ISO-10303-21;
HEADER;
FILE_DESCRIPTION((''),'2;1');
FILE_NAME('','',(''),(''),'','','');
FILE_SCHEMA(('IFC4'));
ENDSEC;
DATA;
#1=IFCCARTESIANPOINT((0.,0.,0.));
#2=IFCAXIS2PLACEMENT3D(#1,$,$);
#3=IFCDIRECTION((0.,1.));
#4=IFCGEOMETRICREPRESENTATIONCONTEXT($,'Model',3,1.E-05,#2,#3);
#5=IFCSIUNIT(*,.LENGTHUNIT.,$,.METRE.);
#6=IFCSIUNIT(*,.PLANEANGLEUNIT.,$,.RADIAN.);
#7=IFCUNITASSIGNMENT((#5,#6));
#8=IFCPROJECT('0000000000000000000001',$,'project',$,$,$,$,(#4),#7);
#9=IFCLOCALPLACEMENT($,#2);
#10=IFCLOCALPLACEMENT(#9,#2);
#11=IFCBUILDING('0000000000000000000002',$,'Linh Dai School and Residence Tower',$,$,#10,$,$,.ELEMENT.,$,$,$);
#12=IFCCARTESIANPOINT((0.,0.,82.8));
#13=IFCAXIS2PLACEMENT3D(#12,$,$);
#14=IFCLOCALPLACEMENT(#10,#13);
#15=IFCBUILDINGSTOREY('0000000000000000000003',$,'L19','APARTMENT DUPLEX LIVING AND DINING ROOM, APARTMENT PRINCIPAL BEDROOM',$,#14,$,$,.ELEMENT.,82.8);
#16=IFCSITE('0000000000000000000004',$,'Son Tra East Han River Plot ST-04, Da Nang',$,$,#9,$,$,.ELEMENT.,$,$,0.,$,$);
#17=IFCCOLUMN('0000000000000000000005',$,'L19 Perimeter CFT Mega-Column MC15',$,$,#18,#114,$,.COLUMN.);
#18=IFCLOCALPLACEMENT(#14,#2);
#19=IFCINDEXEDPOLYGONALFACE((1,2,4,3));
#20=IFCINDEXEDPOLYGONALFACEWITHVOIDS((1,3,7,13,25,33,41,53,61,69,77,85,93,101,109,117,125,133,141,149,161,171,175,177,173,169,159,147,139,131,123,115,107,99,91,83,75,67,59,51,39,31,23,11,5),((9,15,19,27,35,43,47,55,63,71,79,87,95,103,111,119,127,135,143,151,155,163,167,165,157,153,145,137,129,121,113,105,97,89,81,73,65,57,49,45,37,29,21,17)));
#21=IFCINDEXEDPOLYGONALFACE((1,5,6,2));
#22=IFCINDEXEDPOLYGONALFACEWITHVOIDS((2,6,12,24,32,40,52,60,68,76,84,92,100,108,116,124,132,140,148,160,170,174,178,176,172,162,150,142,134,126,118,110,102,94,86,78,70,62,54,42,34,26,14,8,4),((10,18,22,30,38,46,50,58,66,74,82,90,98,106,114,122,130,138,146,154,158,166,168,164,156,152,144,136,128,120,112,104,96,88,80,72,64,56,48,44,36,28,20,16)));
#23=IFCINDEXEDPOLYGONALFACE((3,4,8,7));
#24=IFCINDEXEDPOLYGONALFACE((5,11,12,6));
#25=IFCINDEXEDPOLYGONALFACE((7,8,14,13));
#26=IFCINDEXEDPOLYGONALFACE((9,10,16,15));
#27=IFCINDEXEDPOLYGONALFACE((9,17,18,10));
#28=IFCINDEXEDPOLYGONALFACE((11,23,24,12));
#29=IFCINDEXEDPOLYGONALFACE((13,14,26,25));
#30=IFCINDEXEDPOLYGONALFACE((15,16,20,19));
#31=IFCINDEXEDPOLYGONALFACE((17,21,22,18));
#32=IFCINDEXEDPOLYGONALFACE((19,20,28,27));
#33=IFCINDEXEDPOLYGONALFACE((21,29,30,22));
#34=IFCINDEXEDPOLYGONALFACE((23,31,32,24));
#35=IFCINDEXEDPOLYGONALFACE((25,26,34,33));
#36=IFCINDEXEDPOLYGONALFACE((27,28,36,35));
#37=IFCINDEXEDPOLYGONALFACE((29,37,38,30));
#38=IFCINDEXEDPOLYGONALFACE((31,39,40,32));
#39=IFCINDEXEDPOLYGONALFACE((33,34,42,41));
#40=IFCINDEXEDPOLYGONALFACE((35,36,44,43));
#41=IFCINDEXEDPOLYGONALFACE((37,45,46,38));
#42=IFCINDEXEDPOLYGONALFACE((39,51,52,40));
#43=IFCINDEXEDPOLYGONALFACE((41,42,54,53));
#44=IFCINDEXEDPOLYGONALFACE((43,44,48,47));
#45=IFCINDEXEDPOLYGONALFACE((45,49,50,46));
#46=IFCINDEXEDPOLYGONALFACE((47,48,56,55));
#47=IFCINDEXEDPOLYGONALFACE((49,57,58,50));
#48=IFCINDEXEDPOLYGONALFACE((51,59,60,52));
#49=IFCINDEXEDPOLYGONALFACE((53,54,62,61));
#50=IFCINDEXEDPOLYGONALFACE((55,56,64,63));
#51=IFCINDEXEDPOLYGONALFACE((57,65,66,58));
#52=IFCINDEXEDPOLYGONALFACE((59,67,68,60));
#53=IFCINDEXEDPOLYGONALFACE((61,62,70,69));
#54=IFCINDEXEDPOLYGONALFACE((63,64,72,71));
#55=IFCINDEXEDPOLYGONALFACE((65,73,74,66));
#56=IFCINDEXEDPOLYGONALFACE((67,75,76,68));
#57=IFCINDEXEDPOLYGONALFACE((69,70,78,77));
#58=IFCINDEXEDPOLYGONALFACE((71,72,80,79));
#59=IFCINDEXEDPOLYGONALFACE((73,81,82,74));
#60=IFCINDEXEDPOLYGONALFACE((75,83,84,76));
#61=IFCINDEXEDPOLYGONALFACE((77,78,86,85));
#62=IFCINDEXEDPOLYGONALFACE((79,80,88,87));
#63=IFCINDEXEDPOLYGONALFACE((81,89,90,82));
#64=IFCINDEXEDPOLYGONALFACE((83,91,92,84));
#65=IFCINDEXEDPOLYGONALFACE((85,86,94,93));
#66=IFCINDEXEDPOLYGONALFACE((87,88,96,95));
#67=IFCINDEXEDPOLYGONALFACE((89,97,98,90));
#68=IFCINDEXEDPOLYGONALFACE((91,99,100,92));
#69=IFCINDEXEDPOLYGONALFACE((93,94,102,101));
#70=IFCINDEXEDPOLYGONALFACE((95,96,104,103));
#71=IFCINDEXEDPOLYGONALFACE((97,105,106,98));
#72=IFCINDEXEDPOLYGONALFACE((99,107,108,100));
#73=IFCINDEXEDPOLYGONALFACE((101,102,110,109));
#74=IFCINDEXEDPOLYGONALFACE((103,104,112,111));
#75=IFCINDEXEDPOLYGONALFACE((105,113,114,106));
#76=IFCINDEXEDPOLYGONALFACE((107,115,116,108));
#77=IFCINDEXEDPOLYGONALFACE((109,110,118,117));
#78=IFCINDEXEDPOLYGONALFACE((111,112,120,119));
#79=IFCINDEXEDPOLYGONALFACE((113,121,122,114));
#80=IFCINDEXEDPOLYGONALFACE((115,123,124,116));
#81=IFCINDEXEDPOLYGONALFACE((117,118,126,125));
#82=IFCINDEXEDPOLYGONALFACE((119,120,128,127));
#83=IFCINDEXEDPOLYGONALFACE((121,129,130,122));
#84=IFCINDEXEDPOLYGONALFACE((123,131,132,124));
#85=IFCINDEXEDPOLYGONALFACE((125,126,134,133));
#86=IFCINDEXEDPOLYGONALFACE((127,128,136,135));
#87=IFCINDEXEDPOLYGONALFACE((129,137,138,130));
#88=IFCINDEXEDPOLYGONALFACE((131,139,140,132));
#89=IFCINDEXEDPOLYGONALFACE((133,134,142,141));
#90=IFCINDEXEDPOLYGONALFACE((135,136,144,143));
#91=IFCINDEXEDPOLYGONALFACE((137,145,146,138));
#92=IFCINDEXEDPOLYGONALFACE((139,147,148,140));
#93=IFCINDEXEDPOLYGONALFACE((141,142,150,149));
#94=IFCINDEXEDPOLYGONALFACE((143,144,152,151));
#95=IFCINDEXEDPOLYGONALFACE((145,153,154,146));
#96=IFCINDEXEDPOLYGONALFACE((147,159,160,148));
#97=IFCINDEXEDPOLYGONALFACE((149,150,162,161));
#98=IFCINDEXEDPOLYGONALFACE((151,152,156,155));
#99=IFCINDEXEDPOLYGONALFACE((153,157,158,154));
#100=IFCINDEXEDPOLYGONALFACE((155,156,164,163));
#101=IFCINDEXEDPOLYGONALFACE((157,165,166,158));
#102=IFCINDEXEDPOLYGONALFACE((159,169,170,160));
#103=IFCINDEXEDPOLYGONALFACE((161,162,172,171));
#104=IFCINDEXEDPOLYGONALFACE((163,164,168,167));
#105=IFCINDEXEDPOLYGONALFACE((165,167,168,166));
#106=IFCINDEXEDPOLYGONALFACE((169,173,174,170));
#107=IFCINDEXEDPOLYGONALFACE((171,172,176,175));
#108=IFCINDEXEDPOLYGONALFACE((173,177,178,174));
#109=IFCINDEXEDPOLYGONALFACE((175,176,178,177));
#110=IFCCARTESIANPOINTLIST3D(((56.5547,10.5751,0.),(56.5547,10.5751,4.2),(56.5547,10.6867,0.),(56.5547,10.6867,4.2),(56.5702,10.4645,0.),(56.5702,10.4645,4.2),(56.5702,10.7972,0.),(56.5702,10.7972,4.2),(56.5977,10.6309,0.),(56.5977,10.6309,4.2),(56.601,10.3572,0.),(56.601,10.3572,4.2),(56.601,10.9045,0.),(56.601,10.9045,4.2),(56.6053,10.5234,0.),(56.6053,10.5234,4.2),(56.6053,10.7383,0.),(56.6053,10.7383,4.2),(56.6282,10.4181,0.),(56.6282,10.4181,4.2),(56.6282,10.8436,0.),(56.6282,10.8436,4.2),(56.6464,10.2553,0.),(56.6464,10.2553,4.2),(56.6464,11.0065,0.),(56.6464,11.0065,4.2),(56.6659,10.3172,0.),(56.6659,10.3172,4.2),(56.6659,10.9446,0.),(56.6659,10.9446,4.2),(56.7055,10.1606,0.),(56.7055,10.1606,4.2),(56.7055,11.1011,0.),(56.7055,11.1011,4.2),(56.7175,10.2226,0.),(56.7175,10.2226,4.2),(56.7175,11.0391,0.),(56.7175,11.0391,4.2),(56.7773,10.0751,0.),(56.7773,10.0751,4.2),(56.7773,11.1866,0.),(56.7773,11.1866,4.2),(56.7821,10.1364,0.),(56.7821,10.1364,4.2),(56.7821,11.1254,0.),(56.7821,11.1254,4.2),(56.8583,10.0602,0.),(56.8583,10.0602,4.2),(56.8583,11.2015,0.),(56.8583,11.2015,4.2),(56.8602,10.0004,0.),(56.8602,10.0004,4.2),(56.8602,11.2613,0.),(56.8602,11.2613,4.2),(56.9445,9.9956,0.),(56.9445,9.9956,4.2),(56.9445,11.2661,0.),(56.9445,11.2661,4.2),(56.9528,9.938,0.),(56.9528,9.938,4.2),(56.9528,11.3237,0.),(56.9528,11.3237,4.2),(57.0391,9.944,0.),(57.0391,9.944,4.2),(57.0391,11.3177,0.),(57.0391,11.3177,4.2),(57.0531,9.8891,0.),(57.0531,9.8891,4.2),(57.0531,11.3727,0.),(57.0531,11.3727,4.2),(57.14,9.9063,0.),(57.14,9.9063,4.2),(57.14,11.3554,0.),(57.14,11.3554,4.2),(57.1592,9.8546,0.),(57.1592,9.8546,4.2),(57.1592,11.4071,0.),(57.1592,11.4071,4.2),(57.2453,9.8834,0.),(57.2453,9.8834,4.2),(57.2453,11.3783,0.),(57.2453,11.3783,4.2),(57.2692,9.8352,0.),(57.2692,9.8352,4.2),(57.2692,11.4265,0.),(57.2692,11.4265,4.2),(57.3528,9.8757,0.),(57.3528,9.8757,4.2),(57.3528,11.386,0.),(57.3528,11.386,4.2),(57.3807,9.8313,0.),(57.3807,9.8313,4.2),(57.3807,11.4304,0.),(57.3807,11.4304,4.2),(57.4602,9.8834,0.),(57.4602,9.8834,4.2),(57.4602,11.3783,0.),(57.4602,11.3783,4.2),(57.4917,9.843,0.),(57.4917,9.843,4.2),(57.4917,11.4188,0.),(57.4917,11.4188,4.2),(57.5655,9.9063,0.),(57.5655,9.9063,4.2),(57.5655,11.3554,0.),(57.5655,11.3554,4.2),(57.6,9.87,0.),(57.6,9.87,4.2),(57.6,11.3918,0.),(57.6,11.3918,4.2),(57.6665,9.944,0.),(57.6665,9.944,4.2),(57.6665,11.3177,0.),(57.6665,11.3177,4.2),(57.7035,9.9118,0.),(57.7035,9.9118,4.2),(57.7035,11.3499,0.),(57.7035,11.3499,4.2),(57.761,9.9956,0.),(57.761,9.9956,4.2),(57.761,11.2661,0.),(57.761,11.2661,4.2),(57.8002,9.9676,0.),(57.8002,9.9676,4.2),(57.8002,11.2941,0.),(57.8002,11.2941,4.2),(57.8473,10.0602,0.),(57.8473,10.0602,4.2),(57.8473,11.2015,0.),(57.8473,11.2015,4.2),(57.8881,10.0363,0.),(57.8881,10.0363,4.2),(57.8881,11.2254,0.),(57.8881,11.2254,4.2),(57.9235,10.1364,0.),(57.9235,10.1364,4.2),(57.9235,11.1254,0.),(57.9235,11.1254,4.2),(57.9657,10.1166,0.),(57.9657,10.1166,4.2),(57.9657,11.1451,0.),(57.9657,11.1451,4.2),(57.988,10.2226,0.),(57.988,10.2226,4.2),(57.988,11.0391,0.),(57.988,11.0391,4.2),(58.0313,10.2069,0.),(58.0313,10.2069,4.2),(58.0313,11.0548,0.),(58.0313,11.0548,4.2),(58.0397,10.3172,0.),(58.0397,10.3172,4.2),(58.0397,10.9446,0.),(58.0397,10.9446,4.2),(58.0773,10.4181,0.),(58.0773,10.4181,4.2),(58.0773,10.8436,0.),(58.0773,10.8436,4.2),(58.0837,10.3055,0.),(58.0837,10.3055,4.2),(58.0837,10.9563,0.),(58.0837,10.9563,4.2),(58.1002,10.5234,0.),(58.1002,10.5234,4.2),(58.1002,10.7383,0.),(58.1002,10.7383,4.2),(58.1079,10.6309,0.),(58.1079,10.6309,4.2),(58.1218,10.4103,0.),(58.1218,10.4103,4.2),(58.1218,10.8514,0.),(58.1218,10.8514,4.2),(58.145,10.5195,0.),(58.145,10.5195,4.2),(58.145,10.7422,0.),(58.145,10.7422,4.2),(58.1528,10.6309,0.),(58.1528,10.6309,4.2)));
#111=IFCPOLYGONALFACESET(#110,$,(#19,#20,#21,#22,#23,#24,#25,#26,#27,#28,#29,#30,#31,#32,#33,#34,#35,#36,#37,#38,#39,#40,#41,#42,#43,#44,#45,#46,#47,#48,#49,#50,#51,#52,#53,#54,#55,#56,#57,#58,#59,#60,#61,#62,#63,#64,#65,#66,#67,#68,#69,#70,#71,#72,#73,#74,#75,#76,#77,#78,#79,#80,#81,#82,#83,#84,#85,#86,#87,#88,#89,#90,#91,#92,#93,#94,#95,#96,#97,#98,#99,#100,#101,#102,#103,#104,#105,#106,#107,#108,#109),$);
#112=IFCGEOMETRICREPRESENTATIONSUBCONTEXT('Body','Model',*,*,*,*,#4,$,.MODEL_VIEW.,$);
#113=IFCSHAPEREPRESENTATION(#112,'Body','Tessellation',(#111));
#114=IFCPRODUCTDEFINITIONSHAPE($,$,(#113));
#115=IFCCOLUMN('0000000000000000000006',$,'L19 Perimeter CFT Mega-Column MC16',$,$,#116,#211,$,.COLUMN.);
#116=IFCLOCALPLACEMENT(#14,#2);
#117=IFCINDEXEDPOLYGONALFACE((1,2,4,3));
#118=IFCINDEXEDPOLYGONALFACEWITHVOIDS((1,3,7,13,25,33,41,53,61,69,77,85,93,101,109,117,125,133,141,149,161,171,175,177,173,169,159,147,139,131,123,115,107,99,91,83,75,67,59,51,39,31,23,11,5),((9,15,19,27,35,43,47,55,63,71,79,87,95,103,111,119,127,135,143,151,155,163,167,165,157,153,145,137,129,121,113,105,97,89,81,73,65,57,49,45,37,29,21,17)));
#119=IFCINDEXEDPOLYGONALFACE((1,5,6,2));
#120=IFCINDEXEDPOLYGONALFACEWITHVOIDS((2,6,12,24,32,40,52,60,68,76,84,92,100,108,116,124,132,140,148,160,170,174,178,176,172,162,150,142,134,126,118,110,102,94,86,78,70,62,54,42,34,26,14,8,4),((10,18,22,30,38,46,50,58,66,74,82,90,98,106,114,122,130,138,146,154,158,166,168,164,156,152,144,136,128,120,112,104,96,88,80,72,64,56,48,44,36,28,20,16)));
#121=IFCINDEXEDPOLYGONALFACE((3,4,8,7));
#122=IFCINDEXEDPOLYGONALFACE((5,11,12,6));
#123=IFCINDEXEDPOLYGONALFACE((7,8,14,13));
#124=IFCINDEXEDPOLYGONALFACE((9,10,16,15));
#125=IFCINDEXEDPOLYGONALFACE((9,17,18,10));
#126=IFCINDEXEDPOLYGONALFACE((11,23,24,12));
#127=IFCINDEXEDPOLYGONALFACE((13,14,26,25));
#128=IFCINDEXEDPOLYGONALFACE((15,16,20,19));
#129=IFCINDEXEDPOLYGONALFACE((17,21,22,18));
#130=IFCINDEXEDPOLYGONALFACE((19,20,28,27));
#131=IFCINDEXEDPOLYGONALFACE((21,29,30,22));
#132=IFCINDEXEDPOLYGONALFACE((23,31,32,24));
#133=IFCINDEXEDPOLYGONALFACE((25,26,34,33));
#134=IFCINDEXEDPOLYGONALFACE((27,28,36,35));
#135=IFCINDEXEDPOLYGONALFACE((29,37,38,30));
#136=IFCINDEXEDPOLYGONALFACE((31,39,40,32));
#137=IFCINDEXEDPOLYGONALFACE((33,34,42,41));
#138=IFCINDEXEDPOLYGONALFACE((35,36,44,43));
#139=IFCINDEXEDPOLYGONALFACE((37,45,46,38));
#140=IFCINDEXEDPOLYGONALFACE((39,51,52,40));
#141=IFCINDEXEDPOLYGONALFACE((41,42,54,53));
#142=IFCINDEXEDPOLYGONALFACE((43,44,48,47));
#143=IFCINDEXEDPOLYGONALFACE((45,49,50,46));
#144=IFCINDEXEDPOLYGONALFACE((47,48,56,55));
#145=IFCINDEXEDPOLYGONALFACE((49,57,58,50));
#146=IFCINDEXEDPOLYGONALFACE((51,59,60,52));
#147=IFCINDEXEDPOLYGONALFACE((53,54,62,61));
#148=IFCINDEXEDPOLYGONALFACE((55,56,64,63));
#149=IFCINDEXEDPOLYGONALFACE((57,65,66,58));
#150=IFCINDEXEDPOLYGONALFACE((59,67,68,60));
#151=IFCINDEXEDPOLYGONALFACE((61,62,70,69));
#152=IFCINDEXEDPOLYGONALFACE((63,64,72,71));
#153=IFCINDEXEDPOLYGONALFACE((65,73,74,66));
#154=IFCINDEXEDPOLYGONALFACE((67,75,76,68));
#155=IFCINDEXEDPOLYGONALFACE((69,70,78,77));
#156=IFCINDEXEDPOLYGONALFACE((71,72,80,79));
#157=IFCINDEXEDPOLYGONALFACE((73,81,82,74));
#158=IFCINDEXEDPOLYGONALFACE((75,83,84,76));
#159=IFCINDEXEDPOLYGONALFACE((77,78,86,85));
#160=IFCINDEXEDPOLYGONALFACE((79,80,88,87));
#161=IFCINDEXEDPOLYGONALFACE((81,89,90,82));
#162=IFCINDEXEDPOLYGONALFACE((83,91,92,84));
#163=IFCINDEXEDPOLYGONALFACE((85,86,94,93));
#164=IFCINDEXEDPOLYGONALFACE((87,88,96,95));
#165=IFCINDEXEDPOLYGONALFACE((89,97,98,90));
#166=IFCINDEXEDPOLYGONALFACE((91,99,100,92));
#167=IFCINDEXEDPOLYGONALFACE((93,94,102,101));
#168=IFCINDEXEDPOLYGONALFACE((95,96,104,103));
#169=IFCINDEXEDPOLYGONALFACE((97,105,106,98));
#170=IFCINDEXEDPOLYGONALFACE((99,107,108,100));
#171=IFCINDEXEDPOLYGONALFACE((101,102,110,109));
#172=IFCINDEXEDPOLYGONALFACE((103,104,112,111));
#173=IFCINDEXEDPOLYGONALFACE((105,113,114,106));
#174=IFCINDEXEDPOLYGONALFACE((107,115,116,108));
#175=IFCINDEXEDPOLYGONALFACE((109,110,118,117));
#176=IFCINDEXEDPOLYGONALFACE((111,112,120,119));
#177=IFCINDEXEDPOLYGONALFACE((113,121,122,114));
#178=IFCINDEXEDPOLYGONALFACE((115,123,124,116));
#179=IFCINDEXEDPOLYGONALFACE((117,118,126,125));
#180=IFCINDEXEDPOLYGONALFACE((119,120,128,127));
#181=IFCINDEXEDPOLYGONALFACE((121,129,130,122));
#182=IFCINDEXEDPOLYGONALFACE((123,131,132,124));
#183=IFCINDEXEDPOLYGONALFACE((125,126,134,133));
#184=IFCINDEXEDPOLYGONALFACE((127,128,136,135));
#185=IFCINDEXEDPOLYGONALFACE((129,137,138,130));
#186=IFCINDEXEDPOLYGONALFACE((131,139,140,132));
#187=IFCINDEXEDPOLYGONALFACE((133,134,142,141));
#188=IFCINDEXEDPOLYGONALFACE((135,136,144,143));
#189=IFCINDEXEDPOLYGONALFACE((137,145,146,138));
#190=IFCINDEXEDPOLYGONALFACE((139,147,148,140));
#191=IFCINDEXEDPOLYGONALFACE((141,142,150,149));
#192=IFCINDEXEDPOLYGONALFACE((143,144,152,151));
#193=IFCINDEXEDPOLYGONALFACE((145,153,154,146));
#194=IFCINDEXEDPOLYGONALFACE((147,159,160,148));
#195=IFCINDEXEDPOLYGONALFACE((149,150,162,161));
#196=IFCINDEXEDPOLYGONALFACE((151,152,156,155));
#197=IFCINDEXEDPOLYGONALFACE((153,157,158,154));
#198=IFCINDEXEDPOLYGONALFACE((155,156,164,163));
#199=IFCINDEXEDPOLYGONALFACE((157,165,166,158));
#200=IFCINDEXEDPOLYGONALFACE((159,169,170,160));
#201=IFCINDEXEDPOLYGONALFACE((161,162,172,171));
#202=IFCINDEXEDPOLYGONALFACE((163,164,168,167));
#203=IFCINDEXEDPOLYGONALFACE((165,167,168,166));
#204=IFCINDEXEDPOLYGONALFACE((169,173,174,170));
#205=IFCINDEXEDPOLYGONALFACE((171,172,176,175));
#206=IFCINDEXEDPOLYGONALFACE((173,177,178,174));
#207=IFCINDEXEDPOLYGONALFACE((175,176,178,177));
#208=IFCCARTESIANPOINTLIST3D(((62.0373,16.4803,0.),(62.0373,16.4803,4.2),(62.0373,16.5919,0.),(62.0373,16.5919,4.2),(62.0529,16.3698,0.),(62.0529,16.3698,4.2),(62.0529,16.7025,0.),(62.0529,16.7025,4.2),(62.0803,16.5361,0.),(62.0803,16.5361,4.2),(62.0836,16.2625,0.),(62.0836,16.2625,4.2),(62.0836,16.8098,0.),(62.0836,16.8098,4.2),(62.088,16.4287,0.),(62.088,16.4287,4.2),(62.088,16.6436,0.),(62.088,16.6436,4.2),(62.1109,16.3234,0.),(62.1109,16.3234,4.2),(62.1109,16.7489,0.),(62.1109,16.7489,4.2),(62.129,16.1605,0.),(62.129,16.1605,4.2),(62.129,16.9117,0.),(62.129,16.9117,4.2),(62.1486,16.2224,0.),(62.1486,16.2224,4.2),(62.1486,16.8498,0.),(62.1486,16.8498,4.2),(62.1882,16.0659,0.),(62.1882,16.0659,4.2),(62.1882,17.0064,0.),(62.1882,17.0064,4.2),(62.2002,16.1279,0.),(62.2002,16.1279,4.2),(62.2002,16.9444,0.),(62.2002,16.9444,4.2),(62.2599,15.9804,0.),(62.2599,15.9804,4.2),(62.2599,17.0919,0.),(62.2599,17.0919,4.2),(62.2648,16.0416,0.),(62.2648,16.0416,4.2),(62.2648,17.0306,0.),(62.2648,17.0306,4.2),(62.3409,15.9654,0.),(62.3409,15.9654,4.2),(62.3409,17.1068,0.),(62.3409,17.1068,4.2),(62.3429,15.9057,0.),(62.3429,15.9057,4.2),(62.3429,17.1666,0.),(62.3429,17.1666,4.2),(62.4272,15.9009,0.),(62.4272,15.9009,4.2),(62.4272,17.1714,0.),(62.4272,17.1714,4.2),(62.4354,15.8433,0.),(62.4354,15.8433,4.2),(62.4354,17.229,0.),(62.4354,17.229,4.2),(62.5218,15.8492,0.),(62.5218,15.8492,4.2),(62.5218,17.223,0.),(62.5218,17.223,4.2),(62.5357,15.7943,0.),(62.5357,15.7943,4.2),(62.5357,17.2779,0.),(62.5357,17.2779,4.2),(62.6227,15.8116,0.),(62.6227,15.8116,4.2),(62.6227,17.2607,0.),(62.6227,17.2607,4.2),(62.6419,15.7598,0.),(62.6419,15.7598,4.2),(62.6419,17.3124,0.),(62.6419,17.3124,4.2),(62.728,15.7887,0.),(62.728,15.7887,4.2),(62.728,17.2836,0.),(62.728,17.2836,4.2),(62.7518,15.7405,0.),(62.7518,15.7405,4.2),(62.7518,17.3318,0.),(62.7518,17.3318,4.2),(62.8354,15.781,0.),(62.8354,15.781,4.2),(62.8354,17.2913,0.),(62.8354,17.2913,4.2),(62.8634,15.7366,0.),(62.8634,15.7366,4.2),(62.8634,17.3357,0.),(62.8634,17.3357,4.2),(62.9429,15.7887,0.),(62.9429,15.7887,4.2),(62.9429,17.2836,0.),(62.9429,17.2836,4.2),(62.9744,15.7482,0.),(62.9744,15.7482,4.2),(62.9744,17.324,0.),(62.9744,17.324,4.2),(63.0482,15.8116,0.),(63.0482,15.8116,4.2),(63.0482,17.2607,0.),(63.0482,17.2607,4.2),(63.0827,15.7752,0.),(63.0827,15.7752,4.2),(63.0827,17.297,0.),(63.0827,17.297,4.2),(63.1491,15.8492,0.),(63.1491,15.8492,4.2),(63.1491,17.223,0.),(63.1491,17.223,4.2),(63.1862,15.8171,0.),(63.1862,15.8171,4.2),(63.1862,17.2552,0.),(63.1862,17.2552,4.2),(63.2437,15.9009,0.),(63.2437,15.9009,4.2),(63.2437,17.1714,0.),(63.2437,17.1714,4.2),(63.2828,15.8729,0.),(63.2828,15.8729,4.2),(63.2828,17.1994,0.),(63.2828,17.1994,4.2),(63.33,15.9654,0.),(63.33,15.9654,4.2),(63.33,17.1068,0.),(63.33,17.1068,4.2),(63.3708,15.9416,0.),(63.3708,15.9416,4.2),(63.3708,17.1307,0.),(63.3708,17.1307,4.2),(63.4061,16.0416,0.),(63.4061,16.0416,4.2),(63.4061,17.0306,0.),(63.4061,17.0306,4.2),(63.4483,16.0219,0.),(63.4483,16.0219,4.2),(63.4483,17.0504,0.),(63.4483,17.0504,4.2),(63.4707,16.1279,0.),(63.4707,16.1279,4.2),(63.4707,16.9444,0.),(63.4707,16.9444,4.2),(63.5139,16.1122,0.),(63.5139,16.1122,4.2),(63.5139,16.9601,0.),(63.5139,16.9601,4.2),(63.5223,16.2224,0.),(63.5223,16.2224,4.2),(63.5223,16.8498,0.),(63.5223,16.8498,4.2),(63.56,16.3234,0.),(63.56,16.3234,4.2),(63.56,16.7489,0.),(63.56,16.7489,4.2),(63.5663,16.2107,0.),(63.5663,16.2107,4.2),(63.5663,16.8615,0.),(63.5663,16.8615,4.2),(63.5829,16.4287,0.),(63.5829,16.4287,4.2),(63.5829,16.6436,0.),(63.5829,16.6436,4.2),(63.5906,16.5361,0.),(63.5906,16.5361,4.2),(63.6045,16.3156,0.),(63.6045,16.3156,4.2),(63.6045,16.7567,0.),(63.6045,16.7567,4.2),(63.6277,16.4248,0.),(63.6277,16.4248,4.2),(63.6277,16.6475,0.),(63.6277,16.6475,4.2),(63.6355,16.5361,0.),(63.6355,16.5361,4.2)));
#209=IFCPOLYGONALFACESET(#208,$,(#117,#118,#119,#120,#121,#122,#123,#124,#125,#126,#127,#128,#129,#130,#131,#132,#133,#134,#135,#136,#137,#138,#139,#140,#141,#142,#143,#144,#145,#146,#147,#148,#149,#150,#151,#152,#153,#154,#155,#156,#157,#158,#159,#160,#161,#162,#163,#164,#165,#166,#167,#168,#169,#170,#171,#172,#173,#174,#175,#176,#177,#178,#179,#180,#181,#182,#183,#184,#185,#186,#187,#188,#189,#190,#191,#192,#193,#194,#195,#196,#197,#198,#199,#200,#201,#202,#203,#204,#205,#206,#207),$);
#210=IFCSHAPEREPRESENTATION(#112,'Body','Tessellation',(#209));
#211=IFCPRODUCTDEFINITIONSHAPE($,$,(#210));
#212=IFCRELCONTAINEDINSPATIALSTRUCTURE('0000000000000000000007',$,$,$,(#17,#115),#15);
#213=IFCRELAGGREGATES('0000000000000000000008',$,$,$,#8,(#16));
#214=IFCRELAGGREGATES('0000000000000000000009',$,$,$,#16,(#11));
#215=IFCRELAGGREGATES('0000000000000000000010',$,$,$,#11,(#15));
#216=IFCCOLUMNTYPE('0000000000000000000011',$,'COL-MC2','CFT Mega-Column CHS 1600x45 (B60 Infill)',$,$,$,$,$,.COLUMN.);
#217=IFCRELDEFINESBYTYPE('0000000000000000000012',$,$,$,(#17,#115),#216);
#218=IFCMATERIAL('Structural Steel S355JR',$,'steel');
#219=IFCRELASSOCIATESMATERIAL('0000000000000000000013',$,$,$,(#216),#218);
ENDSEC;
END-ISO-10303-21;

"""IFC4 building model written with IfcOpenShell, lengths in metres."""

from ifc_helpers import new_model, si_unit, direction, frame, origin, origin_2d, place, context, subcontext, project, spatial, hollow_circle, extrude, material, material_profile, profile_set, type_object, element, save


model = new_model("IFC4")

# Units and contexts
model_context = context("Model", 3, precision=1e-05, world=origin(), true_north=direction((0.0, 1.0)))
body_context = subcontext(model_context, "Body", "Model", "MODEL_VIEW")
ifc_project = project(units=[si_unit("LENGTHUNIT", "METRE"), si_unit("PLANEANGLEUNIT", "RADIAN")], contexts=[model_context])

# Site, building, storey
site_placement = place(None, origin())
site = spatial("IfcSite", under=ifc_project, at=site_placement, Name="Son Tra East Han River Plot ST-04, Da Nang", CompositionType="ELEMENT", RefElevation=0.0)
building_placement = place(site_placement, origin())
building = spatial("IfcBuilding", under=site, at=building_placement, Name="Linh Dai School and Residence Tower", CompositionType="ELEMENT")
storey_placement = place(building_placement, frame((0.0, 0.0, 82.8)))
storey = spatial("IfcBuildingStorey", under=building, at=storey_placement, Name="L19", Description="APARTMENT DUPLEX LIVING AND DINING ROOM, APARTMENT PRINCIPAL BEDROOM", CompositionType="ELEMENT", Elevation=82.8)

# Columns
ifc_material_1 = material(Name="Structural Steel S355JR", Category="steel")
ifc_material_profile_1 = material_profile(ifc_material_1, hollow_circle(Radius=0.8, WallThickness=0.0449, at=origin_2d()), Name="CHS 1600x45")
ifc_profile_set_1 = profile_set([ifc_material_profile_1], Name="Structural Steel S355JR")
column_type = type_object("IfcColumnType", Name="COL-MC2", Description="CFT Mega-Column CHS 1600x45 (B60 Infill)", PredefinedType="COLUMN", material=ifc_profile_set_1)
for number, where, z_axis, x_axis, name in (
    (1, (57.3528, 10.6309, 0.0), (0.0, 0.0, 1.0), (1.0, 0.0, 0.0), "L19 Perimeter CFT Mega-Column MC15"),
    (2, (62.8354, 16.5361, 0.0), (0.0, 0.0, 1.0), (1.0, 0.0, 0.0), "L19 Perimeter CFT Mega-Column MC16"),
):
    element("IfcColumn", number, at=place(storey_placement, frame(where, z_axis=z_axis, x_axis=x_axis)), inside=storey, type_object=column_type, Name=name, PredefinedType="COLUMN", context=body_context, shape_type="SweptSolid", body=[
        extrude(hollow_circle(Radius=0.8, WallThickness=0.0449, at=origin_2d()), origin(), (0.0, 0.0, 1.0), 4.2),
    ])

save(model, "model.ifc")
